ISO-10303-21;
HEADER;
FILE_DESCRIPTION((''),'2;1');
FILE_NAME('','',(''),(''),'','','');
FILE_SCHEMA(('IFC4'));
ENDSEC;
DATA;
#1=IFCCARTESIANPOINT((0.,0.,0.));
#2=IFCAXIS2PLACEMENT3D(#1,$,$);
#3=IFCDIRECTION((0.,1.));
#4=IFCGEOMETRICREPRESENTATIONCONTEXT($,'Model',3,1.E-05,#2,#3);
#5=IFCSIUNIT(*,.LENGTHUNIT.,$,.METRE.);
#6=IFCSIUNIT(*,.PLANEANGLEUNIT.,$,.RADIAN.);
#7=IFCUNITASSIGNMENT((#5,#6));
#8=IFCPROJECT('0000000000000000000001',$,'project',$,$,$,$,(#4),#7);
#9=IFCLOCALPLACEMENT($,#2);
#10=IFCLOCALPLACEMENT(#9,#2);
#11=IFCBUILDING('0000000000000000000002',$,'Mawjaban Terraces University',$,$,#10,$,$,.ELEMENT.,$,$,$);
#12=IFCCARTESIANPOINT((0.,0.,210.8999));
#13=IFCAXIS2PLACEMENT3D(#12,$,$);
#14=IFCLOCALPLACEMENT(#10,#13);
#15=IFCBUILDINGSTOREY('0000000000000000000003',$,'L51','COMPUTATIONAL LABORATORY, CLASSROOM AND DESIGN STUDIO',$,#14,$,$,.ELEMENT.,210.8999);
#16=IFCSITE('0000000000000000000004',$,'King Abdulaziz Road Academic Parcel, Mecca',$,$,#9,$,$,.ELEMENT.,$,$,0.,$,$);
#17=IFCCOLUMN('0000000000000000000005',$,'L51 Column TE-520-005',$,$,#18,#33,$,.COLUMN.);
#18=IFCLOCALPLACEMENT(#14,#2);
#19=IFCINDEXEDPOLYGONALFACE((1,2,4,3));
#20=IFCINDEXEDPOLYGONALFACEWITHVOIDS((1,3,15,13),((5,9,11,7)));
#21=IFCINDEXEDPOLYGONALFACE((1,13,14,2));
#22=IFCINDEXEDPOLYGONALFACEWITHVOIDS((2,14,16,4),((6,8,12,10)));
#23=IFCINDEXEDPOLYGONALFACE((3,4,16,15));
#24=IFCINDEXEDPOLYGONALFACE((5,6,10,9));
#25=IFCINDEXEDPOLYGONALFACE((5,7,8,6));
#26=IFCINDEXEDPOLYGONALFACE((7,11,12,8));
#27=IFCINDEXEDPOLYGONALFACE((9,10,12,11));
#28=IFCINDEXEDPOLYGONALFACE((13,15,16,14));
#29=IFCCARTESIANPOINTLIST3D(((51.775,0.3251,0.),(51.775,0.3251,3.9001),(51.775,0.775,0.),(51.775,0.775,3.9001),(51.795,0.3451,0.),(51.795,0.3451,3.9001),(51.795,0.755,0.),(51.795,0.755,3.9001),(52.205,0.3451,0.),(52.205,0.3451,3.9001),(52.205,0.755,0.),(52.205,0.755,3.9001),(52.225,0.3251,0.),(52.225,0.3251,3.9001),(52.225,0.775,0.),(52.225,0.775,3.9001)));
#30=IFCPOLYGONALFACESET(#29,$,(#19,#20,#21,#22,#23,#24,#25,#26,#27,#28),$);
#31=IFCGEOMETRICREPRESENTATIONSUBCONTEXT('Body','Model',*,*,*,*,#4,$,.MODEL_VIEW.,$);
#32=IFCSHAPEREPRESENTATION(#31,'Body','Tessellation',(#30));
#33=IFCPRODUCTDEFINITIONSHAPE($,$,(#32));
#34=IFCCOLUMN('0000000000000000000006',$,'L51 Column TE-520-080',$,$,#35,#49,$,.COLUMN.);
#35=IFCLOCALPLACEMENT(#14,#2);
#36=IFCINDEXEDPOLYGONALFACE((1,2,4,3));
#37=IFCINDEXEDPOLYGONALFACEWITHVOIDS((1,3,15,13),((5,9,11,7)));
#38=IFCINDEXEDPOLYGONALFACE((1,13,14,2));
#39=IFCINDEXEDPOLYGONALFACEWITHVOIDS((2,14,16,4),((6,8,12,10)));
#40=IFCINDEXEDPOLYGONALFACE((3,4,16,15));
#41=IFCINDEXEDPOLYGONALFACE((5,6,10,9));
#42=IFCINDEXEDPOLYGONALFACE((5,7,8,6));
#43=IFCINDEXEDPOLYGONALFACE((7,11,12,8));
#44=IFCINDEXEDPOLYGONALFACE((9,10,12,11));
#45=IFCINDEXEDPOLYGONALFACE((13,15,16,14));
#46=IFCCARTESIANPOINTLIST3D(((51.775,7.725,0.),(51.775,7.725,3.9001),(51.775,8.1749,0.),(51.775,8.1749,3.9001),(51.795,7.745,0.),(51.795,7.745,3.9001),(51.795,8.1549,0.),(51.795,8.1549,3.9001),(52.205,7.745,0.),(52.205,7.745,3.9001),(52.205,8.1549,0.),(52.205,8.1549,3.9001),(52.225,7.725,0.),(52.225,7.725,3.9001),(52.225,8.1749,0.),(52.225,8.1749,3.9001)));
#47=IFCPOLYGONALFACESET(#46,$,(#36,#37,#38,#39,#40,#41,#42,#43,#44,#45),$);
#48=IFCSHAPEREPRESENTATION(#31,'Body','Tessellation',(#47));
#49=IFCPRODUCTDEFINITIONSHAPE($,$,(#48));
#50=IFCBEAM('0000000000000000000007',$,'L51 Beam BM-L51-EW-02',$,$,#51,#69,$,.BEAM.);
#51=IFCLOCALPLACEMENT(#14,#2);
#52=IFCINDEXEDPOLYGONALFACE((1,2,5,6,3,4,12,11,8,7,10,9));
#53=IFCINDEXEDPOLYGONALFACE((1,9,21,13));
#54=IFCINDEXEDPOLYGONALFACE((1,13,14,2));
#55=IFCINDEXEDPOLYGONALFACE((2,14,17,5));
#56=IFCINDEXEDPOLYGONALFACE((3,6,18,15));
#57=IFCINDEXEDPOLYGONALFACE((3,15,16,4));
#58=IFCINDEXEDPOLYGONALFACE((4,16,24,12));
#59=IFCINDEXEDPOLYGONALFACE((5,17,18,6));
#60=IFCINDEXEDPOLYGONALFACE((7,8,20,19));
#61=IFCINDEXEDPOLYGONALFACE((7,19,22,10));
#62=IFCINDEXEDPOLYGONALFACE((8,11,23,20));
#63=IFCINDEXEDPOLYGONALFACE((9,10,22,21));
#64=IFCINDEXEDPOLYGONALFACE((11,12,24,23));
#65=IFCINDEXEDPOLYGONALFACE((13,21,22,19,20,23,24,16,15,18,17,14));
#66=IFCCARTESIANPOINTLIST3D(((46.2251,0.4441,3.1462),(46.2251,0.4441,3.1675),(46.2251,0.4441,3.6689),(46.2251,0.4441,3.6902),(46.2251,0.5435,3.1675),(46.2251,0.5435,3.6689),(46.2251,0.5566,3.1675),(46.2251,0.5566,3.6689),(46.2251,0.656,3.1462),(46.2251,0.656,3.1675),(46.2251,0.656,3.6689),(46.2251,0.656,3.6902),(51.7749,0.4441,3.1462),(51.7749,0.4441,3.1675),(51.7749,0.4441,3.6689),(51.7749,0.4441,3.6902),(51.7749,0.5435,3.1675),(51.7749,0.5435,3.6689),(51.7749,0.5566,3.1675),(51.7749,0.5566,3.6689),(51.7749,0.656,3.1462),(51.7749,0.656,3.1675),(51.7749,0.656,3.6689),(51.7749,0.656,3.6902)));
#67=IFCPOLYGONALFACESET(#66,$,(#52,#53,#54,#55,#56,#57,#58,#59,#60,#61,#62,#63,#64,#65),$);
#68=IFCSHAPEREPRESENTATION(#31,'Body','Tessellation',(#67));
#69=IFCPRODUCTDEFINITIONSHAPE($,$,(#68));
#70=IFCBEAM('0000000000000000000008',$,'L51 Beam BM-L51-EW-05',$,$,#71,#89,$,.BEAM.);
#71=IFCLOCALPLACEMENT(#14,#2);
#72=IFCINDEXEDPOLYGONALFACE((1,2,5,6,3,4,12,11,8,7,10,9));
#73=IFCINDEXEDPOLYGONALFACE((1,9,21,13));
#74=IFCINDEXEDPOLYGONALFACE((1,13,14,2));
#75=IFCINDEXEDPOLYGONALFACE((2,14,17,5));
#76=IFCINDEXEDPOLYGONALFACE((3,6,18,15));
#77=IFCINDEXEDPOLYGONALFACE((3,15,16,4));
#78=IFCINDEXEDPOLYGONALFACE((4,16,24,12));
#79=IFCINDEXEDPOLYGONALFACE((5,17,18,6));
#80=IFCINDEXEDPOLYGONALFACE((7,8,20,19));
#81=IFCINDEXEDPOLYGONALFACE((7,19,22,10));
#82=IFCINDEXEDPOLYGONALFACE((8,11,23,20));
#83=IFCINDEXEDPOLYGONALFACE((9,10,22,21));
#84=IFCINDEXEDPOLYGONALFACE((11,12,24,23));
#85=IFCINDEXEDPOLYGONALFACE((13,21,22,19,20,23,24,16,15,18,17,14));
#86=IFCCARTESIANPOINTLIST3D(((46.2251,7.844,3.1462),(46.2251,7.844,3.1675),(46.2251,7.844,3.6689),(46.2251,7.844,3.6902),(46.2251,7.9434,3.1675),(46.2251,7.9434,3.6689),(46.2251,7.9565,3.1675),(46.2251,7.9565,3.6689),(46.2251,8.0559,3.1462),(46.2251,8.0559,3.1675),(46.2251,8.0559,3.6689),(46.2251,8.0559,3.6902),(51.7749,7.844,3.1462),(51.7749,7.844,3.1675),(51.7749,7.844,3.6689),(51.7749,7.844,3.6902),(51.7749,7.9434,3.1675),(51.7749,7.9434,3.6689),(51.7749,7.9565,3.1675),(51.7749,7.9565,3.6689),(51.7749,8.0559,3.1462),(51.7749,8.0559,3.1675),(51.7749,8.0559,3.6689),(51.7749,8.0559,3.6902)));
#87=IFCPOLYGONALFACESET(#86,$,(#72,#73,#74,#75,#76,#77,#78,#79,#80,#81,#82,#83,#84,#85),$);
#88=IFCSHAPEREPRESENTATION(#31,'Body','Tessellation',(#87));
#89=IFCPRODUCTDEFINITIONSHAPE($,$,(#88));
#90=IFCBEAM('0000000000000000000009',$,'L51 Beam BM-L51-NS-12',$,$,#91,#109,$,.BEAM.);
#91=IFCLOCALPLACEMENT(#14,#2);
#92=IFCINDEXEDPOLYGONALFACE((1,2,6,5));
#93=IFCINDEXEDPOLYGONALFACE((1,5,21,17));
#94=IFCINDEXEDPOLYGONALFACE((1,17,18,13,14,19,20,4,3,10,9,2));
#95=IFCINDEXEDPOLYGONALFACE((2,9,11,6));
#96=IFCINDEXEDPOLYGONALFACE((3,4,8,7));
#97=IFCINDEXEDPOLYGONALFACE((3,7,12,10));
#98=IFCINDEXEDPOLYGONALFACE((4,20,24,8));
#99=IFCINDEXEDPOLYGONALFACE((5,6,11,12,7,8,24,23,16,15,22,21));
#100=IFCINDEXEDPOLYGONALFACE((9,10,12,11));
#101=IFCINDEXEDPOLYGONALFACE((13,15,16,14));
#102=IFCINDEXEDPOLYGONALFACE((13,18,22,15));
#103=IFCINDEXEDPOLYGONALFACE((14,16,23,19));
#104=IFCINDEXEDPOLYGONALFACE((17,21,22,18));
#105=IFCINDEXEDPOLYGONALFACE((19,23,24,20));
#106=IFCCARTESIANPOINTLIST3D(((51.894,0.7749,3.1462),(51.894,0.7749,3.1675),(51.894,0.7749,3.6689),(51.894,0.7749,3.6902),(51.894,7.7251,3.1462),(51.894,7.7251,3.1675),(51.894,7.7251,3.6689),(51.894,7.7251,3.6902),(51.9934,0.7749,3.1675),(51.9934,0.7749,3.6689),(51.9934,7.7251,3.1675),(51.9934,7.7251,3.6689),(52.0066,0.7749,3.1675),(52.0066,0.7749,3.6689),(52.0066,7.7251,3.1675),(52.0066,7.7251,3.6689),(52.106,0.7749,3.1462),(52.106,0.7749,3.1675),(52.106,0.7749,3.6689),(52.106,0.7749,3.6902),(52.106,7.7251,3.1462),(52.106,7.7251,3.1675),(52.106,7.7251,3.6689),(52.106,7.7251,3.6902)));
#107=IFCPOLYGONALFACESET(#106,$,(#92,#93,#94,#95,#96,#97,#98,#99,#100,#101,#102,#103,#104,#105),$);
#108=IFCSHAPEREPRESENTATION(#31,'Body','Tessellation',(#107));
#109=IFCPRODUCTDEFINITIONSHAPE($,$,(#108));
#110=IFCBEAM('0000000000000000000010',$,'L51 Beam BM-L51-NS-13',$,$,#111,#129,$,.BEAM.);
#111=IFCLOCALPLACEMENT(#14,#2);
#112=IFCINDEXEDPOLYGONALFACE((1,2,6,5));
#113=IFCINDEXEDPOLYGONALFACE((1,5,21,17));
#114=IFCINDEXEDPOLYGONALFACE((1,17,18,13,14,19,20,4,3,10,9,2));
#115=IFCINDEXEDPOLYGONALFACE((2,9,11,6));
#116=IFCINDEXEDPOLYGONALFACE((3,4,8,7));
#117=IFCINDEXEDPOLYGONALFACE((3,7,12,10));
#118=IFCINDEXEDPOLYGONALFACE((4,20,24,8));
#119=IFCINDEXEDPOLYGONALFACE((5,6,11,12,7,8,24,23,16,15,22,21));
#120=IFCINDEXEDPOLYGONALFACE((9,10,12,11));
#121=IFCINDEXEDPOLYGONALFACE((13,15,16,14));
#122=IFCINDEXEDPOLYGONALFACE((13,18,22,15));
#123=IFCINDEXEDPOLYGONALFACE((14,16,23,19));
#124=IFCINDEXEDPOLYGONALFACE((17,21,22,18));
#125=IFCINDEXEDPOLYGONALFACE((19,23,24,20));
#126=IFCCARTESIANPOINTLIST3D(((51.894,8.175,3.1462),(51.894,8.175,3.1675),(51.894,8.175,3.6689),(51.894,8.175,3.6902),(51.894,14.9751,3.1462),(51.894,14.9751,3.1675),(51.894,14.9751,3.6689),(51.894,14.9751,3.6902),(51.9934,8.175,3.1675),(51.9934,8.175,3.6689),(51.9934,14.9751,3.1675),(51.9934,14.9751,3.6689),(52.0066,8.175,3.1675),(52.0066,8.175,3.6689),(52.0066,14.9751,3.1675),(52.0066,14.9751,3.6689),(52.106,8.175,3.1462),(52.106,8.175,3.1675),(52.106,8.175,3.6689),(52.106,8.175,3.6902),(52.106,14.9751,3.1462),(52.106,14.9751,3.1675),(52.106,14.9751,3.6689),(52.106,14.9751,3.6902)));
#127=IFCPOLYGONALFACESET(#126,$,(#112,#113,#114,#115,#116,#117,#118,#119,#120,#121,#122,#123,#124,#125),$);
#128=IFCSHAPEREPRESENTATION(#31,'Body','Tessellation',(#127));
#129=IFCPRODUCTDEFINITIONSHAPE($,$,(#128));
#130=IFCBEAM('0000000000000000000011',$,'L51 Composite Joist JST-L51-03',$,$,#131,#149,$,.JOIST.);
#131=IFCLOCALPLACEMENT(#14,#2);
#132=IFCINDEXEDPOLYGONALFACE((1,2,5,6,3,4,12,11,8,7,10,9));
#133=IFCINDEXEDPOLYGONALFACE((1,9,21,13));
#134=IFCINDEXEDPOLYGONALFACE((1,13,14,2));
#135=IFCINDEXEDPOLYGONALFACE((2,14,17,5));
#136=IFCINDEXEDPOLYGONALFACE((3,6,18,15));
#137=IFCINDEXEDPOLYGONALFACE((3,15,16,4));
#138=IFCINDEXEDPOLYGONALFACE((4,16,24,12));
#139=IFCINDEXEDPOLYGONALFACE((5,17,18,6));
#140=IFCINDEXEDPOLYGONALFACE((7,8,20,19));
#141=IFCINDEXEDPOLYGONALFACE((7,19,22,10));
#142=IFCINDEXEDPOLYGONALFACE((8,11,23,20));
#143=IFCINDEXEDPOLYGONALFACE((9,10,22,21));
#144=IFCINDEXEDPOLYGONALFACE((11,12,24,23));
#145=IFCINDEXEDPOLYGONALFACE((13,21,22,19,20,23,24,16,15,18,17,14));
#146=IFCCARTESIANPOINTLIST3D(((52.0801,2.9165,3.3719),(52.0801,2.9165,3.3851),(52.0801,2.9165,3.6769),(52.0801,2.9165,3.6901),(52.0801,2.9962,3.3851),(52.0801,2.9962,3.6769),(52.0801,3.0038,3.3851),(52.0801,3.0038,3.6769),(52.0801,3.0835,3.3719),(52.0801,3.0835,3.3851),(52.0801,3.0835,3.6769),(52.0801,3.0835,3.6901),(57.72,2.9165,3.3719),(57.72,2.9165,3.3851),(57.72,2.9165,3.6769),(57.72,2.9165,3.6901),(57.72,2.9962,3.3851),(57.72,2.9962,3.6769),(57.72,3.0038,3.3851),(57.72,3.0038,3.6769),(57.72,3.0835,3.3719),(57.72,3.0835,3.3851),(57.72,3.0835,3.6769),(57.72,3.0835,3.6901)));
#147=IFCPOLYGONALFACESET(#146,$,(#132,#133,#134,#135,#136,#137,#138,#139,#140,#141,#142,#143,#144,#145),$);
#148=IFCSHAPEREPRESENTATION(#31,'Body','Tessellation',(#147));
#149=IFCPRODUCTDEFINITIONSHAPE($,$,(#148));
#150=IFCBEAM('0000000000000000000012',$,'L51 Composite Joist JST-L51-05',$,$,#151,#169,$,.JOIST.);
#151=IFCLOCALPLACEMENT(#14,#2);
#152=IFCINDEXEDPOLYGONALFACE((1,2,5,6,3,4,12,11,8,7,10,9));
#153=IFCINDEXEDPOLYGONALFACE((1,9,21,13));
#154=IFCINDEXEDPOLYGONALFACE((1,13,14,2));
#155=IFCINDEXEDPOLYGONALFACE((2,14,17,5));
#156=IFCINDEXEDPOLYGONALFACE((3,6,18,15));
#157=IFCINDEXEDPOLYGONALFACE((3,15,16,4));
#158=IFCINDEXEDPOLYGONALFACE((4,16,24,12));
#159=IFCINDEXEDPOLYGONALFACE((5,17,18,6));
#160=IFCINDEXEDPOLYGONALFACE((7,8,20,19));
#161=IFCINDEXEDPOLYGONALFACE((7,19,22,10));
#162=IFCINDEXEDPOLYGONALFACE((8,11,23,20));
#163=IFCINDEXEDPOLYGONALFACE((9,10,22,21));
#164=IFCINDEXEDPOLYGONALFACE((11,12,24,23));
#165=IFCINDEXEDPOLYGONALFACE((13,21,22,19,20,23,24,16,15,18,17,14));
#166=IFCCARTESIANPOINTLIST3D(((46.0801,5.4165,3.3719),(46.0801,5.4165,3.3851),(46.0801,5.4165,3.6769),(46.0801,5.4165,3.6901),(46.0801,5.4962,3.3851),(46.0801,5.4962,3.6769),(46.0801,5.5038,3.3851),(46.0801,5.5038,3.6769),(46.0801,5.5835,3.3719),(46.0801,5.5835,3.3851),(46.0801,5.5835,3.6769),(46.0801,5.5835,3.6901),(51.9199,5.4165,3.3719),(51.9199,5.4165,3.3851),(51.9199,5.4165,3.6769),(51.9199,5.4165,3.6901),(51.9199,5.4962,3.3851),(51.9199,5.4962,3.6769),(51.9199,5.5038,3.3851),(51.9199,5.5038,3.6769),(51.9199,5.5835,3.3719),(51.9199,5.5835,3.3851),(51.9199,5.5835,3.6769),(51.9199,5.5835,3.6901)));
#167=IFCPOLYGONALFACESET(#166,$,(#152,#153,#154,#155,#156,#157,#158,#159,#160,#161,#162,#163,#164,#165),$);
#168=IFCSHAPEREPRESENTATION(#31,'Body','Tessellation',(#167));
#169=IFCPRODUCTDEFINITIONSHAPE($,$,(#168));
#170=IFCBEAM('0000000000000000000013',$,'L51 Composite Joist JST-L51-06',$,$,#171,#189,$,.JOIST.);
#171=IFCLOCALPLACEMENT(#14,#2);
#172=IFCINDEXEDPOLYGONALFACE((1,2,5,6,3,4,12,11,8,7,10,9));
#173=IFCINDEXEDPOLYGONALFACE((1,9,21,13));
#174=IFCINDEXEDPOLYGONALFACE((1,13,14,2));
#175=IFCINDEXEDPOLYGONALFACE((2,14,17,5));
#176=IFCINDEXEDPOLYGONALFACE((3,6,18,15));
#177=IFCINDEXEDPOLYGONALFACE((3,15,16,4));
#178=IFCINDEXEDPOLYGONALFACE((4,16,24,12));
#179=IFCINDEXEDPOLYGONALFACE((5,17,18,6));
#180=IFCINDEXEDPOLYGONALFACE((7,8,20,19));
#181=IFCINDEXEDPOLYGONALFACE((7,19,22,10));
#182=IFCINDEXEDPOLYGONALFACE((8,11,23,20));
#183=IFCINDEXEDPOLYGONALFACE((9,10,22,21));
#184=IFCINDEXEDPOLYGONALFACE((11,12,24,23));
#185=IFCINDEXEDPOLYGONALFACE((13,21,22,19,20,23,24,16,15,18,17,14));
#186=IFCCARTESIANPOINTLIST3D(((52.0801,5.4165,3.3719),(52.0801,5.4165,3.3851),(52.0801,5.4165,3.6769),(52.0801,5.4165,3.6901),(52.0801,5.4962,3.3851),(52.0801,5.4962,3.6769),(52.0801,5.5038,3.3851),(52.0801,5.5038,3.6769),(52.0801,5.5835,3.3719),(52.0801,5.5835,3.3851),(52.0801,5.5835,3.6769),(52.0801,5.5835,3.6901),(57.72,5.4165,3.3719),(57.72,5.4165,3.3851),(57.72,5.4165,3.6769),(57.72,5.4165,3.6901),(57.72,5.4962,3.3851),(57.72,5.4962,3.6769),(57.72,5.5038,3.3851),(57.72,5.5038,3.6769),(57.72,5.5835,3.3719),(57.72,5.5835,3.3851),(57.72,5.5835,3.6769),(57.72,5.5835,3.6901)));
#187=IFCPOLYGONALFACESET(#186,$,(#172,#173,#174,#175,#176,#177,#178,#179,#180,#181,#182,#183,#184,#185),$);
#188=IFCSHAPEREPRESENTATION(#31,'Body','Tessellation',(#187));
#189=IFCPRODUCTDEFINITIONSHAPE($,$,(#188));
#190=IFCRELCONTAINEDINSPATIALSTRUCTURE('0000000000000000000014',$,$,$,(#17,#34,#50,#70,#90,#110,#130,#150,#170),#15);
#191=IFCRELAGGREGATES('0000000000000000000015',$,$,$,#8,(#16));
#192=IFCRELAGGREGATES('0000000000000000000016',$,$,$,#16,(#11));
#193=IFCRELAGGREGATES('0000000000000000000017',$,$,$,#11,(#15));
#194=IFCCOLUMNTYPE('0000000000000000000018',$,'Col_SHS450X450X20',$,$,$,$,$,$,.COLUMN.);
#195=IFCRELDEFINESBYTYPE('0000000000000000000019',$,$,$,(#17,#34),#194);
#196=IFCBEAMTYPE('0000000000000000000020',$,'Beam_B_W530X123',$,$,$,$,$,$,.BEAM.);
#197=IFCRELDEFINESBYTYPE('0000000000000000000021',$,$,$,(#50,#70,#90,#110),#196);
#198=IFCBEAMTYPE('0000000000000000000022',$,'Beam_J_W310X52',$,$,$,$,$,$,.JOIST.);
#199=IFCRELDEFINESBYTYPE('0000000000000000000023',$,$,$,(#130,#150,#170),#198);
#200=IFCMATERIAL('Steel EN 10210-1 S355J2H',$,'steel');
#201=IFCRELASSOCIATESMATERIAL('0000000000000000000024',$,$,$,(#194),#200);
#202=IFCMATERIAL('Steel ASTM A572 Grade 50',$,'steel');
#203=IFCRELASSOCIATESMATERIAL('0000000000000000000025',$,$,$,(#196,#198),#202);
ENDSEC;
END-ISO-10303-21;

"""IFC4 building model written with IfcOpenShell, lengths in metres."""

from ifc_helpers import new_model, si_unit, direction, frame, origin, origin_2d, place, context, subcontext, project, spatial, hollow_rectangle, i_section, extrude, material, material_profile, profile_set, type_object, element, save


model = new_model("IFC4")

# Units and contexts
model_context = context("Model", 3, precision=1e-05, world=origin(), true_north=direction((0.0, 1.0)))
body_context = subcontext(model_context, "Body", "Model", "MODEL_VIEW")
ifc_project = project(units=[si_unit("LENGTHUNIT", "METRE"), si_unit("PLANEANGLEUNIT", "RADIAN")], contexts=[model_context])

# Site, building, storey
site_placement = place(None, origin())
site = spatial("IfcSite", under=ifc_project, at=site_placement, Name="King Abdulaziz Road Academic Parcel, Mecca", CompositionType="ELEMENT", RefElevation=0.0)
building_placement = place(site_placement, origin())
building = spatial("IfcBuilding", under=site, at=building_placement, Name="Mawjaban Terraces University", CompositionType="ELEMENT")
storey_placement = place(building_placement, frame((0.0, 0.0, 210.8999)))
storey = spatial("IfcBuildingStorey", under=building, at=storey_placement, Name="L51", Description="COMPUTATIONAL LABORATORY, CLASSROOM AND DESIGN STUDIO", CompositionType="ELEMENT", Elevation=210.8999)

# Columns
ifc_material_1 = material(Name="Steel EN 10210-1 S355J2H", Category="steel")
ifc_material_profile_1 = material_profile(ifc_material_1, hollow_rectangle(XDim=0.45, YDim=0.45, WallThickness=0.02, at=origin_2d()), Name="SHS450X450X20")
ifc_profile_set_1 = profile_set([ifc_material_profile_1], Name="Steel EN 10210-1 S355J2H")
column_type = type_object("IfcColumnType", Name="Col_SHS450X450X20", PredefinedType="COLUMN", material=ifc_profile_set_1)
for number, where, z_axis, x_axis, name in (
    (1, (52.0, 0.55, 0.0), (0.0, 0.0, 1.0), (1.0, 0.0, 0.0), "L51 Column TE-520-005"),
    (2, (52.0, 7.95, 0.0), (0.0, 0.0, 1.0), (1.0, 0.0, 0.0), "L51 Column TE-520-080"),
):
    element("IfcColumn", number, at=place(storey_placement, frame(where, z_axis=z_axis, x_axis=x_axis)), inside=storey, type_object=column_type, Name=name, PredefinedType="COLUMN", context=body_context, shape_type="SweptSolid", body=[
        extrude(hollow_rectangle(XDim=0.45, YDim=0.45, WallThickness=0.02, at=origin_2d()), origin(), (0.0, 0.0, 1.0), 3.9001),
    ])

# Beams
ifc_material_2 = material(Name="Steel ASTM A572 Grade 50", Category="steel")
ifc_material_profile_2 = material_profile(ifc_material_2, i_section(OverallWidth=0.2119, OverallDepth=0.5439, WebThickness=0.0132, FlangeThickness=0.0212, at=origin_2d()), Name="W530X123")
ifc_profile_set_2 = profile_set([ifc_material_profile_2], Name="Steel ASTM A572 Grade 50")
beam_type_1 = type_object("IfcBeamType", Name="Beam_B_W530X123", PredefinedType="BEAM", material=ifc_profile_set_2)
for number, where, z_axis, x_axis, name in (
    (3, (46.2251, 0.55, 3.4182), (1.0, 0.0, 0.0), (0.0, 1.0, 0.0), "L51 Beam BM-L51-EW-02"),
    (4, (46.2251, 7.95, 3.4182), (1.0, 0.0, 0.0), (0.0, 1.0, 0.0), "L51 Beam BM-L51-EW-05"),
):
    element("IfcBeam", number, at=place(storey_placement, frame(where, z_axis=z_axis, x_axis=x_axis)), inside=storey, type_object=beam_type_1, Name=name, PredefinedType="BEAM", context=body_context, shape_type="SweptSolid", body=[
        extrude(i_section(OverallWidth=0.2119, OverallDepth=0.5439, WebThickness=0.0132, FlangeThickness=0.0212, at=origin_2d()), origin(), (0.0, 0.0, 1.0), 5.5498),
    ])
beam_1_placement = place(storey_placement, frame((52.0, 0.7749, 3.4182), z_axis=(0.0, 1.0, 0.0), x_axis=(-1.0, 0.0, 0.0)))
element("IfcBeam", 5, at=beam_1_placement, inside=storey, type_object=beam_type_1, Name="L51 Beam BM-L51-NS-12", PredefinedType="BEAM", context=body_context, shape_type="SweptSolid", body=[
    extrude(i_section(OverallWidth=0.2119, OverallDepth=0.5439, WebThickness=0.0132, FlangeThickness=0.0212, at=origin_2d()), origin(), (0.0, 0.0, 1.0), 6.9502),
])
beam_2_placement = place(storey_placement, frame((52.0, 8.175, 3.4182), z_axis=(0.0, 1.0, 0.0), x_axis=(-1.0, 0.0, 0.0)))
element("IfcBeam", 6, at=beam_2_placement, inside=storey, type_object=beam_type_1, Name="L51 Beam BM-L51-NS-13", PredefinedType="BEAM", context=body_context, shape_type="SweptSolid", body=[
    extrude(i_section(OverallWidth=0.2119, OverallDepth=0.5439, WebThickness=0.0132, FlangeThickness=0.0212, at=origin_2d()), origin(), (0.0, 0.0, 1.0), 6.8),
])
ifc_material_profile_3 = material_profile(ifc_material_2, i_section(OverallWidth=0.167, OverallDepth=0.3181, WebThickness=0.0076, FlangeThickness=0.0132, at=origin_2d()), Name="W310X52")
ifc_profile_set_3 = profile_set([ifc_material_profile_3], Name="Steel ASTM A572 Grade 50")
beam_type_2 = type_object("IfcBeamType", Name="Beam_J_W310X52", PredefinedType="JOIST", material=ifc_profile_set_3)
beam_3_placement = place(storey_placement, frame((52.0801, 3.0, 3.531), z_axis=(1.0, 0.0, 0.0), x_axis=(0.0, 1.0, 0.0)))
element("IfcBeam", 7, at=beam_3_placement, inside=storey, type_object=beam_type_2, Name="L51 Composite Joist JST-L51-03", PredefinedType="JOIST", context=body_context, shape_type="SweptSolid", body=[
    extrude(i_section(OverallWidth=0.167, OverallDepth=0.3181, WebThickness=0.0076, FlangeThickness=0.0132, at=origin_2d()), origin(), (0.0, 0.0, 1.0), 5.6399),
])
beam_4_placement = place(storey_placement, frame((46.0801, 5.5, 3.531), z_axis=(1.0, 0.0, 0.0), x_axis=(0.0, 1.0, 0.0)))
element("IfcBeam", 8, at=beam_4_placement, inside=storey, type_object=beam_type_2, Name="L51 Composite Joist JST-L51-05", PredefinedType="JOIST", context=body_context, shape_type="SweptSolid", body=[
    extrude(i_section(OverallWidth=0.167, OverallDepth=0.3181, WebThickness=0.0076, FlangeThickness=0.0132, at=origin_2d()), origin(), (0.0, 0.0, 1.0), 5.8398),
])
beam_5_placement = place(storey_placement, frame((52.0801, 5.5, 3.531), z_axis=(1.0, 0.0, 0.0), x_axis=(0.0, 1.0, 0.0)))
element("IfcBeam", 9, at=beam_5_placement, inside=storey, type_object=beam_type_2, Name="L51 Composite Joist JST-L51-06", PredefinedType="JOIST", context=body_context, shape_type="SweptSolid", body=[
    extrude(i_section(OverallWidth=0.167, OverallDepth=0.3181, WebThickness=0.0076, FlangeThickness=0.0132, at=origin_2d()), origin(), (0.0, 0.0, 1.0), 5.6399),
])

save(model, "model.ifc")
